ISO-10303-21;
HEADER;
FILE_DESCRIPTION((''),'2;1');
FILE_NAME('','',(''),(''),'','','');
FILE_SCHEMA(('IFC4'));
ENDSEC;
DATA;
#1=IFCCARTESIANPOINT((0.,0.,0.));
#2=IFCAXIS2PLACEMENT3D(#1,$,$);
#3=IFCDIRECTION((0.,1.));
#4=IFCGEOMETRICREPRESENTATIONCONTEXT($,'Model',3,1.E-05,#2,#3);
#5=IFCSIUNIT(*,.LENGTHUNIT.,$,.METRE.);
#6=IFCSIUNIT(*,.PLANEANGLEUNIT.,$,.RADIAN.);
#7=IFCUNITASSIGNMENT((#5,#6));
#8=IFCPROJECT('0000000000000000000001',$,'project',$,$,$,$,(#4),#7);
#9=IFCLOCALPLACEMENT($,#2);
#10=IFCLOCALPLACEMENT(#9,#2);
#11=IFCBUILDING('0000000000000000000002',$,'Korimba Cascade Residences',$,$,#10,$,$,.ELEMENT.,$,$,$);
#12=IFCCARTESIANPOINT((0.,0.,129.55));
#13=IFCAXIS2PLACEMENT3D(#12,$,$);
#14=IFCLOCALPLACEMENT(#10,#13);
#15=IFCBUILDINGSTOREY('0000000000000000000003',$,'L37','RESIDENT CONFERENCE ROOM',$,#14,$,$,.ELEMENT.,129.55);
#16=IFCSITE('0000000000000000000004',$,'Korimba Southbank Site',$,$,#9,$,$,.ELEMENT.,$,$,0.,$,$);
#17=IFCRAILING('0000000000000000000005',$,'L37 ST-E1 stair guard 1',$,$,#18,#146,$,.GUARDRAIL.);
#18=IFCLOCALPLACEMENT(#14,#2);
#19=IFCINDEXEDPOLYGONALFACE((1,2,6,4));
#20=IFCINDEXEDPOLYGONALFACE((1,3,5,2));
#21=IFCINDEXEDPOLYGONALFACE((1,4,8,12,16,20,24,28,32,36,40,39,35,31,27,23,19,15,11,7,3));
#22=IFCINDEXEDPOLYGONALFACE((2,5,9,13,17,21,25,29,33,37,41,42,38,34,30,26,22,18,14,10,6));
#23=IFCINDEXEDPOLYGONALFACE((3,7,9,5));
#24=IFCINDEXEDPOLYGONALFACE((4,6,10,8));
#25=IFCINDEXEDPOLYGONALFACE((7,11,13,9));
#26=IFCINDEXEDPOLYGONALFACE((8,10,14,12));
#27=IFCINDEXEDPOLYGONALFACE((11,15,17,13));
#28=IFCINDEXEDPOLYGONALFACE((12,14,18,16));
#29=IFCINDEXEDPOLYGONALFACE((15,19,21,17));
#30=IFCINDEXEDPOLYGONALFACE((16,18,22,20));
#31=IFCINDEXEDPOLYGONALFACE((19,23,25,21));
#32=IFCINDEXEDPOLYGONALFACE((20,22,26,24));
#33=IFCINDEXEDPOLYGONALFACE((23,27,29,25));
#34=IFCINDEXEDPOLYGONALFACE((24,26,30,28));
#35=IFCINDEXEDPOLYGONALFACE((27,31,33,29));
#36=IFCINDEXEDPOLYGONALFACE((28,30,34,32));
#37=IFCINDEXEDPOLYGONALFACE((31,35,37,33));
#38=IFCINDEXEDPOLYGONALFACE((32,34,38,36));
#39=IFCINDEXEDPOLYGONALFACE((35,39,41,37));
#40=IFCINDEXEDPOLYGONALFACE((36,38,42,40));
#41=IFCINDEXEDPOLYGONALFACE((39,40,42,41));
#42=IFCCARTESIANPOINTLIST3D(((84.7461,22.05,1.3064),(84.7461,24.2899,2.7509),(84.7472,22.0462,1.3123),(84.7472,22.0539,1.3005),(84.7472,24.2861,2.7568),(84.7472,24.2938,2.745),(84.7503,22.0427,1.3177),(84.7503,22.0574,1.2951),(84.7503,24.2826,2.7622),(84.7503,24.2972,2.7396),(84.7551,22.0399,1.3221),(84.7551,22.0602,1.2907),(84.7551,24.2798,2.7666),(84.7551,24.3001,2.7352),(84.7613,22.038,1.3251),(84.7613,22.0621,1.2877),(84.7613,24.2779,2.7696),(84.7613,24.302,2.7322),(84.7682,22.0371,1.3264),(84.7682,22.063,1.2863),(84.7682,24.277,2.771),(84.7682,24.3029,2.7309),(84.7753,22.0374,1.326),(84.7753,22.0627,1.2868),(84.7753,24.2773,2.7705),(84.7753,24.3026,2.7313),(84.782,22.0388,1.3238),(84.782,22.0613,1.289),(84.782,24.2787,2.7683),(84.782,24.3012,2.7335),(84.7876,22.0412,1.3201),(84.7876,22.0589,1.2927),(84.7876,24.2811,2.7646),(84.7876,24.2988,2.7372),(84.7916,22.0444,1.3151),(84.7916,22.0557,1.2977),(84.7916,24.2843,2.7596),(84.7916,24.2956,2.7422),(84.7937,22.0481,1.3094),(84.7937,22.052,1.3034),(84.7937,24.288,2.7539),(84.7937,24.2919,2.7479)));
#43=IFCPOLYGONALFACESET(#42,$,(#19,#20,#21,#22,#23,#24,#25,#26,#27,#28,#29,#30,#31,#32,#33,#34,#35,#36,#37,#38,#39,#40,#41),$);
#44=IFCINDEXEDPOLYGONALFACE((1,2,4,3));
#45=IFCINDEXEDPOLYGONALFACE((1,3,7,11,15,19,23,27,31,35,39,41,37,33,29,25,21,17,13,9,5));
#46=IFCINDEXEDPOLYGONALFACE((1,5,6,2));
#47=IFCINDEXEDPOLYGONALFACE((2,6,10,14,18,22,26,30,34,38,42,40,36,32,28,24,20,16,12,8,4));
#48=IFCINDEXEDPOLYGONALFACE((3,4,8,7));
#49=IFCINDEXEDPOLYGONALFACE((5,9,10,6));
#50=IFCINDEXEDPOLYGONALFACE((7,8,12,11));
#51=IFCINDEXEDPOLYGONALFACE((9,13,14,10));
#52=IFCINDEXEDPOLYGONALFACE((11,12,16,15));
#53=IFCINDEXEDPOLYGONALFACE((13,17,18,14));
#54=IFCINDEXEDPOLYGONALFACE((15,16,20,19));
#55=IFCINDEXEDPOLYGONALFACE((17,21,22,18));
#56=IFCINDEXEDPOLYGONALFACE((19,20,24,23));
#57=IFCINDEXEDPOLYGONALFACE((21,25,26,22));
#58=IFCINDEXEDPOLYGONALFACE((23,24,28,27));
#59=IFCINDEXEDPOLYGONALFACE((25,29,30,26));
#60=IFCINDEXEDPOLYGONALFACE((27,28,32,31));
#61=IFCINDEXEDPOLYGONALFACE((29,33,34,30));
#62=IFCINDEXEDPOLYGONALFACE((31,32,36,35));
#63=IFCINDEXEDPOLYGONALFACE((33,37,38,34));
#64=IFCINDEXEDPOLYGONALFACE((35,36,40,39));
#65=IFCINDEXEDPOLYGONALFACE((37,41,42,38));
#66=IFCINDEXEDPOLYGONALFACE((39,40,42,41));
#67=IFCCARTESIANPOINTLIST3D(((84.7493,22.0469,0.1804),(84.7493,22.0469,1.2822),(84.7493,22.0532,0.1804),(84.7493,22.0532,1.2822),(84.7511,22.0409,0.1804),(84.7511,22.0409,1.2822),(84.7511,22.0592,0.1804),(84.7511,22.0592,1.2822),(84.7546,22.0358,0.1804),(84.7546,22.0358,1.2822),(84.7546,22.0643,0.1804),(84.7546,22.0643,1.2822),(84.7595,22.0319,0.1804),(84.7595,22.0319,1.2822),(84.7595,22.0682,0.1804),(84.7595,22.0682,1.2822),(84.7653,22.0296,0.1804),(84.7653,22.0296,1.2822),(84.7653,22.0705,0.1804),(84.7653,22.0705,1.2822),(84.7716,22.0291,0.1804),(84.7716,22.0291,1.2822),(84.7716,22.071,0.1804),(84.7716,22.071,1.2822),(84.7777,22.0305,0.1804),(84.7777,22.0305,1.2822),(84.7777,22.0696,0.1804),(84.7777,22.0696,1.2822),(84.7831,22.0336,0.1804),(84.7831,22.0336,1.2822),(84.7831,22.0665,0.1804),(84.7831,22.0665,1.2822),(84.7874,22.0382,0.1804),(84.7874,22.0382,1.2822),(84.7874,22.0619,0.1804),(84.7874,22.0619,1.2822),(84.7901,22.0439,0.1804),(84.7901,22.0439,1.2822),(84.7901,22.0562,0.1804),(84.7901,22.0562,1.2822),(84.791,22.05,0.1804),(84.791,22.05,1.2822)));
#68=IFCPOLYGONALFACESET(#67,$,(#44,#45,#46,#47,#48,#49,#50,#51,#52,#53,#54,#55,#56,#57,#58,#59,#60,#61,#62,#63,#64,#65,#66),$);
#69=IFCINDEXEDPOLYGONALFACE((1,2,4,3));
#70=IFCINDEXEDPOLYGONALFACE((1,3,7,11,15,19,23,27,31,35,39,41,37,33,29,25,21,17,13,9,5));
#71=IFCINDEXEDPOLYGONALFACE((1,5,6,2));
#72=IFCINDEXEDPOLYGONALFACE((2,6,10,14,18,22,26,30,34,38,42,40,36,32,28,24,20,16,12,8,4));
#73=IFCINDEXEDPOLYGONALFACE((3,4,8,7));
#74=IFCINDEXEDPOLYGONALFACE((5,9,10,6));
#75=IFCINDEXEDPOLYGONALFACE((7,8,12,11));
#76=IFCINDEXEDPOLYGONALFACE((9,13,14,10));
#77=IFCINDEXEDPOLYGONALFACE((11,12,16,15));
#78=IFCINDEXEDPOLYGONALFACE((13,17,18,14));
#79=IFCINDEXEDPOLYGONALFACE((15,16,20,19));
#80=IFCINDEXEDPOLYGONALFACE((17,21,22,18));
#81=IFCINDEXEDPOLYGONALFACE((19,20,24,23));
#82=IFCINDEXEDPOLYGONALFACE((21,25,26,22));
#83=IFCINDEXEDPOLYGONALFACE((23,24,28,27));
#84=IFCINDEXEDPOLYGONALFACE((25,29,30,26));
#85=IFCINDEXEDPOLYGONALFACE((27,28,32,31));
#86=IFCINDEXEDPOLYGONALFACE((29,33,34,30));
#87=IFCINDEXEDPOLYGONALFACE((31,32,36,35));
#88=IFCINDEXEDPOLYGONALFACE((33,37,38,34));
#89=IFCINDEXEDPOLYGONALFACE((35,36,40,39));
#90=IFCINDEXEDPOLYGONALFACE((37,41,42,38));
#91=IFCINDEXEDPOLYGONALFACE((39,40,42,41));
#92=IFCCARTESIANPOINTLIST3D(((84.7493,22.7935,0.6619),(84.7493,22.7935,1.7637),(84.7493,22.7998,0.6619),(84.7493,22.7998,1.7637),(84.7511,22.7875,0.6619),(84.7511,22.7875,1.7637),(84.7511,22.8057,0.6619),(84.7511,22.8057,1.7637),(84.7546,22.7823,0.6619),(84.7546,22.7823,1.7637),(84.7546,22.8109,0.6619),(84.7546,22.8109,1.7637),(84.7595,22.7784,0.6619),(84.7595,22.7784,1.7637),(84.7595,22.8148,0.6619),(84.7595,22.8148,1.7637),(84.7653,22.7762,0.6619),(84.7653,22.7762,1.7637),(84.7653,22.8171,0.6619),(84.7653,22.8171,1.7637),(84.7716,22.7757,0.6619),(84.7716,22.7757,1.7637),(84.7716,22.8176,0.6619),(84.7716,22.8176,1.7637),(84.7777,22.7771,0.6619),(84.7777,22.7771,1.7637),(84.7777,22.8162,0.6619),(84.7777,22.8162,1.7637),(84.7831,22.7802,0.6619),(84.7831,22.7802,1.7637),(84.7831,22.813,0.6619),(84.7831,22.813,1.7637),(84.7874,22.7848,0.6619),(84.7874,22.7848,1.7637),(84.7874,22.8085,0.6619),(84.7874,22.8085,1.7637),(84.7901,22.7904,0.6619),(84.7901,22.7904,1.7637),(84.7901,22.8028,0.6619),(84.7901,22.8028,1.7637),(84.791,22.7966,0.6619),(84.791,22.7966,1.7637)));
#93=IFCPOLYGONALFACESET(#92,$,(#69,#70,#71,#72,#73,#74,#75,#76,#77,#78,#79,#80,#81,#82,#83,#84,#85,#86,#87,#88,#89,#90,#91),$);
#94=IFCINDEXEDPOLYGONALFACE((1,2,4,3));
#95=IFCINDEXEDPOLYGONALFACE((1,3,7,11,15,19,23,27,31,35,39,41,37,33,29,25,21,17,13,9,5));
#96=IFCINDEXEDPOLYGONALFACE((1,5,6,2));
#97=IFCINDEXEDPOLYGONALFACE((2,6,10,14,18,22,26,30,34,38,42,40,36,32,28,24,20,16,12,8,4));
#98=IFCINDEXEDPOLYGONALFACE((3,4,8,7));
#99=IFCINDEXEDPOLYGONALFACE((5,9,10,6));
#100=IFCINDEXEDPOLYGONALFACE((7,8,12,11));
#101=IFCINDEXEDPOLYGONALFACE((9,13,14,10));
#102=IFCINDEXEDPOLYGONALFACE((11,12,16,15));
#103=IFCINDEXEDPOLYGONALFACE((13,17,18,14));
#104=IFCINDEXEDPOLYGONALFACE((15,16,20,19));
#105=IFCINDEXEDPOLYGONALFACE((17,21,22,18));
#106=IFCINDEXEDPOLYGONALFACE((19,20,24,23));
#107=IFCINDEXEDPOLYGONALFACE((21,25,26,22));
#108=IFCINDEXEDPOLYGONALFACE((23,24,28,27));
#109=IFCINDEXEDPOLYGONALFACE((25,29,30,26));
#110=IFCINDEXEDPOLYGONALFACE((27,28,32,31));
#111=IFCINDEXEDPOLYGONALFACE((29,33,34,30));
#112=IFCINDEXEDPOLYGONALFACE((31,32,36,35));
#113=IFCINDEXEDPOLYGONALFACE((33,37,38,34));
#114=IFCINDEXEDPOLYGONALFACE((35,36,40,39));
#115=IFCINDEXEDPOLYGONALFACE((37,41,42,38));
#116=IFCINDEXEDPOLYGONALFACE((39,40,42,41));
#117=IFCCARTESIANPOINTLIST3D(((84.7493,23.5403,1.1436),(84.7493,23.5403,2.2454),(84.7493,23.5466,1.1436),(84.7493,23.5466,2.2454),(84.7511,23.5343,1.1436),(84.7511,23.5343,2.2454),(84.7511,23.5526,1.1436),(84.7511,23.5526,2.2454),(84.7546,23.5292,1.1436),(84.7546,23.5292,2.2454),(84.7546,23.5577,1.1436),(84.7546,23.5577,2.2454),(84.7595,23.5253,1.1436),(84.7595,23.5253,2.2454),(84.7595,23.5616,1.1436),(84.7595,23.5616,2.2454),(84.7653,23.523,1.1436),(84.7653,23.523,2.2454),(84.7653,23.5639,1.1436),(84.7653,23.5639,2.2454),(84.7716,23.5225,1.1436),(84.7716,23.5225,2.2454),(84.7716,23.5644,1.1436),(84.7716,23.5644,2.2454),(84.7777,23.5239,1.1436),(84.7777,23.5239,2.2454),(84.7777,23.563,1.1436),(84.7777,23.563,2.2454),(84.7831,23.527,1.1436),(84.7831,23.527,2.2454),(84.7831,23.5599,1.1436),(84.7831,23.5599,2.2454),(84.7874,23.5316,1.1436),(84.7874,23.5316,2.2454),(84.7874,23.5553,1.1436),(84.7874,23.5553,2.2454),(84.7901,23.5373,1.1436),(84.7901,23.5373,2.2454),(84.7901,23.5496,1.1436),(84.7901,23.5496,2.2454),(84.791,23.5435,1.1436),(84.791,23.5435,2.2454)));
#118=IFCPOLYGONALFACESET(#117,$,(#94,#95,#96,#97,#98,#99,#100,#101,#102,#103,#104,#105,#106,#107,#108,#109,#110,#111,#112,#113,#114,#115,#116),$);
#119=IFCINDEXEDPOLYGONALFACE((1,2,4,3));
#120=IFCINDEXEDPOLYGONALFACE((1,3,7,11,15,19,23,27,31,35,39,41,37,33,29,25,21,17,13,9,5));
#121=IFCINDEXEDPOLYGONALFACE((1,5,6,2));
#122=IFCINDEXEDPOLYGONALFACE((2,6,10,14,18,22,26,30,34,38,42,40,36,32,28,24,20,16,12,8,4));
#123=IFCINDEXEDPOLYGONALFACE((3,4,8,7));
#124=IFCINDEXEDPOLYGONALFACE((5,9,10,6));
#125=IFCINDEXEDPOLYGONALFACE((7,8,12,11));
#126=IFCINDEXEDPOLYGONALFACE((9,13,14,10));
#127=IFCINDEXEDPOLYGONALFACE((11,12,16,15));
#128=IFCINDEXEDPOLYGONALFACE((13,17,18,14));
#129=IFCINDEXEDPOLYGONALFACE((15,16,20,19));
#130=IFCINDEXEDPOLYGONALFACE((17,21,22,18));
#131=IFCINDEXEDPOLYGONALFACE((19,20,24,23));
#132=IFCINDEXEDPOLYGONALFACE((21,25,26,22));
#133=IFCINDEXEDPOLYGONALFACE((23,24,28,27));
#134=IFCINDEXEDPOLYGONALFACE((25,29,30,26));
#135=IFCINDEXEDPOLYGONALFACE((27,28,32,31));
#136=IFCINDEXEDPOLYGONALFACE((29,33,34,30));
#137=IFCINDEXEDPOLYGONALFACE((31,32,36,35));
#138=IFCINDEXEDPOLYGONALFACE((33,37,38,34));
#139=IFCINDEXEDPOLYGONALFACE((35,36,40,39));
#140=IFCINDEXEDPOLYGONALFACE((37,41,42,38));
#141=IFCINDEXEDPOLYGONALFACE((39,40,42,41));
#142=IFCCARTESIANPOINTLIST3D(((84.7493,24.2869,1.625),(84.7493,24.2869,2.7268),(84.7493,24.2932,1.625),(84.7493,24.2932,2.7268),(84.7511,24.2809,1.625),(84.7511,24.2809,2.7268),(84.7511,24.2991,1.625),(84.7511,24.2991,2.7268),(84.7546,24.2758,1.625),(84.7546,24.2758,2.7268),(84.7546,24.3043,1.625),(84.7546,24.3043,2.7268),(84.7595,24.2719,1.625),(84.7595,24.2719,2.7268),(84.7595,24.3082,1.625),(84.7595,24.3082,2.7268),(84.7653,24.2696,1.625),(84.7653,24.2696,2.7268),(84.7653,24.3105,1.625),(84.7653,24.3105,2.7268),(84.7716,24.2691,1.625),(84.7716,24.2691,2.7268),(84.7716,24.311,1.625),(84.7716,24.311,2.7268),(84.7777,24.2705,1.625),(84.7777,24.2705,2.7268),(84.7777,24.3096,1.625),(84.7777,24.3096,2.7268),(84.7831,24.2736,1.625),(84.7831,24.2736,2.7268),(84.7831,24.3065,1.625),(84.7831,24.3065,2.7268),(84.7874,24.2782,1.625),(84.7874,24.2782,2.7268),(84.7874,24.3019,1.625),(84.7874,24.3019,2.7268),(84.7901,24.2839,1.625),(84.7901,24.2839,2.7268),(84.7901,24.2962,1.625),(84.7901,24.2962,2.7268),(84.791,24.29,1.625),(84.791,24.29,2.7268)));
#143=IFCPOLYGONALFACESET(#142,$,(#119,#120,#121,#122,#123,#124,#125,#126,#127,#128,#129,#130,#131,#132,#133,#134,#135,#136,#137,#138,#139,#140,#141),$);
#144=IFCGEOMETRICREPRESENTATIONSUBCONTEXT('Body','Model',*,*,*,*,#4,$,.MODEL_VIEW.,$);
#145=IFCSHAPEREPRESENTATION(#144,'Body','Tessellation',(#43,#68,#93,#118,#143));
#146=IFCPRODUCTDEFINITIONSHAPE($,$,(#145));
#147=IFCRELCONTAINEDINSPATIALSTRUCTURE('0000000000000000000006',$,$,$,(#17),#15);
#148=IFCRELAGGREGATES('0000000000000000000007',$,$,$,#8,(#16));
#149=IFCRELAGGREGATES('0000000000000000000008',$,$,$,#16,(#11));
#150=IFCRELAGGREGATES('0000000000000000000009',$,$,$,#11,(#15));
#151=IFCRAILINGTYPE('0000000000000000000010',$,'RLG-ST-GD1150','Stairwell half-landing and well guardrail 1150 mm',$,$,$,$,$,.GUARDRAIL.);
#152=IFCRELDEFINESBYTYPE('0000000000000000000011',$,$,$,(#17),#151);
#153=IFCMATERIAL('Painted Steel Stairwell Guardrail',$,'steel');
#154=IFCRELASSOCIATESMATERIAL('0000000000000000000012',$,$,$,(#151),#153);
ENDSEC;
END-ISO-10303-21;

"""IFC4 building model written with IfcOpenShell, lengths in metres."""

from ifc_helpers import new_model, si_unit, direction, frame, origin, origin_2d, place, context, subcontext, project, spatial, circle, extrude, material, type_object, element, save


model = new_model("IFC4")

# Units and contexts
model_context = context("Model", 3, precision=1e-05, world=origin(), true_north=direction((0.0, 1.0)))
body_context = subcontext(model_context, "Body", "Model", "MODEL_VIEW")
ifc_project = project(units=[si_unit("LENGTHUNIT", "METRE"), si_unit("PLANEANGLEUNIT", "RADIAN")], contexts=[model_context])

# Site, building, storey
site_placement = place(None, origin())
site = spatial("IfcSite", under=ifc_project, at=site_placement, Name="Korimba Southbank Site", CompositionType="ELEMENT", RefElevation=0.0)
building_placement = place(site_placement, origin())
building = spatial("IfcBuilding", under=site, at=building_placement, Name="Korimba Cascade Residences", CompositionType="ELEMENT")
storey_placement = place(building_placement, frame((0.0, 0.0, 129.55)))
storey = spatial("IfcBuildingStorey", under=building, at=storey_placement, Name="L37", Description="RESIDENT CONFERENCE ROOM", CompositionType="ELEMENT", Elevation=129.55)

# Railing
ifc_material_1 = material(Name="Painted Steel Stairwell Guardrail", Category="steel")
railing_type_1 = type_object("IfcRailingType", Name="RLG-ST-GD1150", Description="Stairwell half-landing and well guardrail 1150 mm", PredefinedType="GUARDRAIL", material=ifc_material_1)
railing_1_placement = place(storey_placement, frame((84.77, 22.05, 0.1804)))
element("IfcRailing", 1, at=railing_1_placement, inside=storey, type_object=railing_type_1, Name="L37 ST-E1 stair guard 1", PredefinedType="GUARDRAIL", context=body_context, shape_type="SweptSolid", body=[
    extrude(circle(Radius=0.0239, at=origin_2d()), frame((0.0, 0.0, 1.126), z_axis=(0.0, 0.840395, 0.541975), x_axis=(-1.0, 0.0, 0.0)), (0.0, 0.0, 1.0), 2.6653),
    extrude(circle(Radius=0.021, at=origin_2d()), origin(), (0.0, 0.0, 1.0), 1.1018),
    extrude(circle(Radius=0.021, at=origin_2d()), frame((0.0, 0.7466, 0.4814)), (0.0, 0.0, 1.0), 1.1018),
    extrude(circle(Radius=0.021, at=origin_2d()), frame((0.0, 1.4934, 0.9631)), (0.0, 0.0, 1.0), 1.1018),
    extrude(circle(Radius=0.021, at=origin_2d()), frame((0.0, 2.24, 1.4446)), (0.0, 0.0, 1.0), 1.1018),
])

save(model, "model.ifc")
